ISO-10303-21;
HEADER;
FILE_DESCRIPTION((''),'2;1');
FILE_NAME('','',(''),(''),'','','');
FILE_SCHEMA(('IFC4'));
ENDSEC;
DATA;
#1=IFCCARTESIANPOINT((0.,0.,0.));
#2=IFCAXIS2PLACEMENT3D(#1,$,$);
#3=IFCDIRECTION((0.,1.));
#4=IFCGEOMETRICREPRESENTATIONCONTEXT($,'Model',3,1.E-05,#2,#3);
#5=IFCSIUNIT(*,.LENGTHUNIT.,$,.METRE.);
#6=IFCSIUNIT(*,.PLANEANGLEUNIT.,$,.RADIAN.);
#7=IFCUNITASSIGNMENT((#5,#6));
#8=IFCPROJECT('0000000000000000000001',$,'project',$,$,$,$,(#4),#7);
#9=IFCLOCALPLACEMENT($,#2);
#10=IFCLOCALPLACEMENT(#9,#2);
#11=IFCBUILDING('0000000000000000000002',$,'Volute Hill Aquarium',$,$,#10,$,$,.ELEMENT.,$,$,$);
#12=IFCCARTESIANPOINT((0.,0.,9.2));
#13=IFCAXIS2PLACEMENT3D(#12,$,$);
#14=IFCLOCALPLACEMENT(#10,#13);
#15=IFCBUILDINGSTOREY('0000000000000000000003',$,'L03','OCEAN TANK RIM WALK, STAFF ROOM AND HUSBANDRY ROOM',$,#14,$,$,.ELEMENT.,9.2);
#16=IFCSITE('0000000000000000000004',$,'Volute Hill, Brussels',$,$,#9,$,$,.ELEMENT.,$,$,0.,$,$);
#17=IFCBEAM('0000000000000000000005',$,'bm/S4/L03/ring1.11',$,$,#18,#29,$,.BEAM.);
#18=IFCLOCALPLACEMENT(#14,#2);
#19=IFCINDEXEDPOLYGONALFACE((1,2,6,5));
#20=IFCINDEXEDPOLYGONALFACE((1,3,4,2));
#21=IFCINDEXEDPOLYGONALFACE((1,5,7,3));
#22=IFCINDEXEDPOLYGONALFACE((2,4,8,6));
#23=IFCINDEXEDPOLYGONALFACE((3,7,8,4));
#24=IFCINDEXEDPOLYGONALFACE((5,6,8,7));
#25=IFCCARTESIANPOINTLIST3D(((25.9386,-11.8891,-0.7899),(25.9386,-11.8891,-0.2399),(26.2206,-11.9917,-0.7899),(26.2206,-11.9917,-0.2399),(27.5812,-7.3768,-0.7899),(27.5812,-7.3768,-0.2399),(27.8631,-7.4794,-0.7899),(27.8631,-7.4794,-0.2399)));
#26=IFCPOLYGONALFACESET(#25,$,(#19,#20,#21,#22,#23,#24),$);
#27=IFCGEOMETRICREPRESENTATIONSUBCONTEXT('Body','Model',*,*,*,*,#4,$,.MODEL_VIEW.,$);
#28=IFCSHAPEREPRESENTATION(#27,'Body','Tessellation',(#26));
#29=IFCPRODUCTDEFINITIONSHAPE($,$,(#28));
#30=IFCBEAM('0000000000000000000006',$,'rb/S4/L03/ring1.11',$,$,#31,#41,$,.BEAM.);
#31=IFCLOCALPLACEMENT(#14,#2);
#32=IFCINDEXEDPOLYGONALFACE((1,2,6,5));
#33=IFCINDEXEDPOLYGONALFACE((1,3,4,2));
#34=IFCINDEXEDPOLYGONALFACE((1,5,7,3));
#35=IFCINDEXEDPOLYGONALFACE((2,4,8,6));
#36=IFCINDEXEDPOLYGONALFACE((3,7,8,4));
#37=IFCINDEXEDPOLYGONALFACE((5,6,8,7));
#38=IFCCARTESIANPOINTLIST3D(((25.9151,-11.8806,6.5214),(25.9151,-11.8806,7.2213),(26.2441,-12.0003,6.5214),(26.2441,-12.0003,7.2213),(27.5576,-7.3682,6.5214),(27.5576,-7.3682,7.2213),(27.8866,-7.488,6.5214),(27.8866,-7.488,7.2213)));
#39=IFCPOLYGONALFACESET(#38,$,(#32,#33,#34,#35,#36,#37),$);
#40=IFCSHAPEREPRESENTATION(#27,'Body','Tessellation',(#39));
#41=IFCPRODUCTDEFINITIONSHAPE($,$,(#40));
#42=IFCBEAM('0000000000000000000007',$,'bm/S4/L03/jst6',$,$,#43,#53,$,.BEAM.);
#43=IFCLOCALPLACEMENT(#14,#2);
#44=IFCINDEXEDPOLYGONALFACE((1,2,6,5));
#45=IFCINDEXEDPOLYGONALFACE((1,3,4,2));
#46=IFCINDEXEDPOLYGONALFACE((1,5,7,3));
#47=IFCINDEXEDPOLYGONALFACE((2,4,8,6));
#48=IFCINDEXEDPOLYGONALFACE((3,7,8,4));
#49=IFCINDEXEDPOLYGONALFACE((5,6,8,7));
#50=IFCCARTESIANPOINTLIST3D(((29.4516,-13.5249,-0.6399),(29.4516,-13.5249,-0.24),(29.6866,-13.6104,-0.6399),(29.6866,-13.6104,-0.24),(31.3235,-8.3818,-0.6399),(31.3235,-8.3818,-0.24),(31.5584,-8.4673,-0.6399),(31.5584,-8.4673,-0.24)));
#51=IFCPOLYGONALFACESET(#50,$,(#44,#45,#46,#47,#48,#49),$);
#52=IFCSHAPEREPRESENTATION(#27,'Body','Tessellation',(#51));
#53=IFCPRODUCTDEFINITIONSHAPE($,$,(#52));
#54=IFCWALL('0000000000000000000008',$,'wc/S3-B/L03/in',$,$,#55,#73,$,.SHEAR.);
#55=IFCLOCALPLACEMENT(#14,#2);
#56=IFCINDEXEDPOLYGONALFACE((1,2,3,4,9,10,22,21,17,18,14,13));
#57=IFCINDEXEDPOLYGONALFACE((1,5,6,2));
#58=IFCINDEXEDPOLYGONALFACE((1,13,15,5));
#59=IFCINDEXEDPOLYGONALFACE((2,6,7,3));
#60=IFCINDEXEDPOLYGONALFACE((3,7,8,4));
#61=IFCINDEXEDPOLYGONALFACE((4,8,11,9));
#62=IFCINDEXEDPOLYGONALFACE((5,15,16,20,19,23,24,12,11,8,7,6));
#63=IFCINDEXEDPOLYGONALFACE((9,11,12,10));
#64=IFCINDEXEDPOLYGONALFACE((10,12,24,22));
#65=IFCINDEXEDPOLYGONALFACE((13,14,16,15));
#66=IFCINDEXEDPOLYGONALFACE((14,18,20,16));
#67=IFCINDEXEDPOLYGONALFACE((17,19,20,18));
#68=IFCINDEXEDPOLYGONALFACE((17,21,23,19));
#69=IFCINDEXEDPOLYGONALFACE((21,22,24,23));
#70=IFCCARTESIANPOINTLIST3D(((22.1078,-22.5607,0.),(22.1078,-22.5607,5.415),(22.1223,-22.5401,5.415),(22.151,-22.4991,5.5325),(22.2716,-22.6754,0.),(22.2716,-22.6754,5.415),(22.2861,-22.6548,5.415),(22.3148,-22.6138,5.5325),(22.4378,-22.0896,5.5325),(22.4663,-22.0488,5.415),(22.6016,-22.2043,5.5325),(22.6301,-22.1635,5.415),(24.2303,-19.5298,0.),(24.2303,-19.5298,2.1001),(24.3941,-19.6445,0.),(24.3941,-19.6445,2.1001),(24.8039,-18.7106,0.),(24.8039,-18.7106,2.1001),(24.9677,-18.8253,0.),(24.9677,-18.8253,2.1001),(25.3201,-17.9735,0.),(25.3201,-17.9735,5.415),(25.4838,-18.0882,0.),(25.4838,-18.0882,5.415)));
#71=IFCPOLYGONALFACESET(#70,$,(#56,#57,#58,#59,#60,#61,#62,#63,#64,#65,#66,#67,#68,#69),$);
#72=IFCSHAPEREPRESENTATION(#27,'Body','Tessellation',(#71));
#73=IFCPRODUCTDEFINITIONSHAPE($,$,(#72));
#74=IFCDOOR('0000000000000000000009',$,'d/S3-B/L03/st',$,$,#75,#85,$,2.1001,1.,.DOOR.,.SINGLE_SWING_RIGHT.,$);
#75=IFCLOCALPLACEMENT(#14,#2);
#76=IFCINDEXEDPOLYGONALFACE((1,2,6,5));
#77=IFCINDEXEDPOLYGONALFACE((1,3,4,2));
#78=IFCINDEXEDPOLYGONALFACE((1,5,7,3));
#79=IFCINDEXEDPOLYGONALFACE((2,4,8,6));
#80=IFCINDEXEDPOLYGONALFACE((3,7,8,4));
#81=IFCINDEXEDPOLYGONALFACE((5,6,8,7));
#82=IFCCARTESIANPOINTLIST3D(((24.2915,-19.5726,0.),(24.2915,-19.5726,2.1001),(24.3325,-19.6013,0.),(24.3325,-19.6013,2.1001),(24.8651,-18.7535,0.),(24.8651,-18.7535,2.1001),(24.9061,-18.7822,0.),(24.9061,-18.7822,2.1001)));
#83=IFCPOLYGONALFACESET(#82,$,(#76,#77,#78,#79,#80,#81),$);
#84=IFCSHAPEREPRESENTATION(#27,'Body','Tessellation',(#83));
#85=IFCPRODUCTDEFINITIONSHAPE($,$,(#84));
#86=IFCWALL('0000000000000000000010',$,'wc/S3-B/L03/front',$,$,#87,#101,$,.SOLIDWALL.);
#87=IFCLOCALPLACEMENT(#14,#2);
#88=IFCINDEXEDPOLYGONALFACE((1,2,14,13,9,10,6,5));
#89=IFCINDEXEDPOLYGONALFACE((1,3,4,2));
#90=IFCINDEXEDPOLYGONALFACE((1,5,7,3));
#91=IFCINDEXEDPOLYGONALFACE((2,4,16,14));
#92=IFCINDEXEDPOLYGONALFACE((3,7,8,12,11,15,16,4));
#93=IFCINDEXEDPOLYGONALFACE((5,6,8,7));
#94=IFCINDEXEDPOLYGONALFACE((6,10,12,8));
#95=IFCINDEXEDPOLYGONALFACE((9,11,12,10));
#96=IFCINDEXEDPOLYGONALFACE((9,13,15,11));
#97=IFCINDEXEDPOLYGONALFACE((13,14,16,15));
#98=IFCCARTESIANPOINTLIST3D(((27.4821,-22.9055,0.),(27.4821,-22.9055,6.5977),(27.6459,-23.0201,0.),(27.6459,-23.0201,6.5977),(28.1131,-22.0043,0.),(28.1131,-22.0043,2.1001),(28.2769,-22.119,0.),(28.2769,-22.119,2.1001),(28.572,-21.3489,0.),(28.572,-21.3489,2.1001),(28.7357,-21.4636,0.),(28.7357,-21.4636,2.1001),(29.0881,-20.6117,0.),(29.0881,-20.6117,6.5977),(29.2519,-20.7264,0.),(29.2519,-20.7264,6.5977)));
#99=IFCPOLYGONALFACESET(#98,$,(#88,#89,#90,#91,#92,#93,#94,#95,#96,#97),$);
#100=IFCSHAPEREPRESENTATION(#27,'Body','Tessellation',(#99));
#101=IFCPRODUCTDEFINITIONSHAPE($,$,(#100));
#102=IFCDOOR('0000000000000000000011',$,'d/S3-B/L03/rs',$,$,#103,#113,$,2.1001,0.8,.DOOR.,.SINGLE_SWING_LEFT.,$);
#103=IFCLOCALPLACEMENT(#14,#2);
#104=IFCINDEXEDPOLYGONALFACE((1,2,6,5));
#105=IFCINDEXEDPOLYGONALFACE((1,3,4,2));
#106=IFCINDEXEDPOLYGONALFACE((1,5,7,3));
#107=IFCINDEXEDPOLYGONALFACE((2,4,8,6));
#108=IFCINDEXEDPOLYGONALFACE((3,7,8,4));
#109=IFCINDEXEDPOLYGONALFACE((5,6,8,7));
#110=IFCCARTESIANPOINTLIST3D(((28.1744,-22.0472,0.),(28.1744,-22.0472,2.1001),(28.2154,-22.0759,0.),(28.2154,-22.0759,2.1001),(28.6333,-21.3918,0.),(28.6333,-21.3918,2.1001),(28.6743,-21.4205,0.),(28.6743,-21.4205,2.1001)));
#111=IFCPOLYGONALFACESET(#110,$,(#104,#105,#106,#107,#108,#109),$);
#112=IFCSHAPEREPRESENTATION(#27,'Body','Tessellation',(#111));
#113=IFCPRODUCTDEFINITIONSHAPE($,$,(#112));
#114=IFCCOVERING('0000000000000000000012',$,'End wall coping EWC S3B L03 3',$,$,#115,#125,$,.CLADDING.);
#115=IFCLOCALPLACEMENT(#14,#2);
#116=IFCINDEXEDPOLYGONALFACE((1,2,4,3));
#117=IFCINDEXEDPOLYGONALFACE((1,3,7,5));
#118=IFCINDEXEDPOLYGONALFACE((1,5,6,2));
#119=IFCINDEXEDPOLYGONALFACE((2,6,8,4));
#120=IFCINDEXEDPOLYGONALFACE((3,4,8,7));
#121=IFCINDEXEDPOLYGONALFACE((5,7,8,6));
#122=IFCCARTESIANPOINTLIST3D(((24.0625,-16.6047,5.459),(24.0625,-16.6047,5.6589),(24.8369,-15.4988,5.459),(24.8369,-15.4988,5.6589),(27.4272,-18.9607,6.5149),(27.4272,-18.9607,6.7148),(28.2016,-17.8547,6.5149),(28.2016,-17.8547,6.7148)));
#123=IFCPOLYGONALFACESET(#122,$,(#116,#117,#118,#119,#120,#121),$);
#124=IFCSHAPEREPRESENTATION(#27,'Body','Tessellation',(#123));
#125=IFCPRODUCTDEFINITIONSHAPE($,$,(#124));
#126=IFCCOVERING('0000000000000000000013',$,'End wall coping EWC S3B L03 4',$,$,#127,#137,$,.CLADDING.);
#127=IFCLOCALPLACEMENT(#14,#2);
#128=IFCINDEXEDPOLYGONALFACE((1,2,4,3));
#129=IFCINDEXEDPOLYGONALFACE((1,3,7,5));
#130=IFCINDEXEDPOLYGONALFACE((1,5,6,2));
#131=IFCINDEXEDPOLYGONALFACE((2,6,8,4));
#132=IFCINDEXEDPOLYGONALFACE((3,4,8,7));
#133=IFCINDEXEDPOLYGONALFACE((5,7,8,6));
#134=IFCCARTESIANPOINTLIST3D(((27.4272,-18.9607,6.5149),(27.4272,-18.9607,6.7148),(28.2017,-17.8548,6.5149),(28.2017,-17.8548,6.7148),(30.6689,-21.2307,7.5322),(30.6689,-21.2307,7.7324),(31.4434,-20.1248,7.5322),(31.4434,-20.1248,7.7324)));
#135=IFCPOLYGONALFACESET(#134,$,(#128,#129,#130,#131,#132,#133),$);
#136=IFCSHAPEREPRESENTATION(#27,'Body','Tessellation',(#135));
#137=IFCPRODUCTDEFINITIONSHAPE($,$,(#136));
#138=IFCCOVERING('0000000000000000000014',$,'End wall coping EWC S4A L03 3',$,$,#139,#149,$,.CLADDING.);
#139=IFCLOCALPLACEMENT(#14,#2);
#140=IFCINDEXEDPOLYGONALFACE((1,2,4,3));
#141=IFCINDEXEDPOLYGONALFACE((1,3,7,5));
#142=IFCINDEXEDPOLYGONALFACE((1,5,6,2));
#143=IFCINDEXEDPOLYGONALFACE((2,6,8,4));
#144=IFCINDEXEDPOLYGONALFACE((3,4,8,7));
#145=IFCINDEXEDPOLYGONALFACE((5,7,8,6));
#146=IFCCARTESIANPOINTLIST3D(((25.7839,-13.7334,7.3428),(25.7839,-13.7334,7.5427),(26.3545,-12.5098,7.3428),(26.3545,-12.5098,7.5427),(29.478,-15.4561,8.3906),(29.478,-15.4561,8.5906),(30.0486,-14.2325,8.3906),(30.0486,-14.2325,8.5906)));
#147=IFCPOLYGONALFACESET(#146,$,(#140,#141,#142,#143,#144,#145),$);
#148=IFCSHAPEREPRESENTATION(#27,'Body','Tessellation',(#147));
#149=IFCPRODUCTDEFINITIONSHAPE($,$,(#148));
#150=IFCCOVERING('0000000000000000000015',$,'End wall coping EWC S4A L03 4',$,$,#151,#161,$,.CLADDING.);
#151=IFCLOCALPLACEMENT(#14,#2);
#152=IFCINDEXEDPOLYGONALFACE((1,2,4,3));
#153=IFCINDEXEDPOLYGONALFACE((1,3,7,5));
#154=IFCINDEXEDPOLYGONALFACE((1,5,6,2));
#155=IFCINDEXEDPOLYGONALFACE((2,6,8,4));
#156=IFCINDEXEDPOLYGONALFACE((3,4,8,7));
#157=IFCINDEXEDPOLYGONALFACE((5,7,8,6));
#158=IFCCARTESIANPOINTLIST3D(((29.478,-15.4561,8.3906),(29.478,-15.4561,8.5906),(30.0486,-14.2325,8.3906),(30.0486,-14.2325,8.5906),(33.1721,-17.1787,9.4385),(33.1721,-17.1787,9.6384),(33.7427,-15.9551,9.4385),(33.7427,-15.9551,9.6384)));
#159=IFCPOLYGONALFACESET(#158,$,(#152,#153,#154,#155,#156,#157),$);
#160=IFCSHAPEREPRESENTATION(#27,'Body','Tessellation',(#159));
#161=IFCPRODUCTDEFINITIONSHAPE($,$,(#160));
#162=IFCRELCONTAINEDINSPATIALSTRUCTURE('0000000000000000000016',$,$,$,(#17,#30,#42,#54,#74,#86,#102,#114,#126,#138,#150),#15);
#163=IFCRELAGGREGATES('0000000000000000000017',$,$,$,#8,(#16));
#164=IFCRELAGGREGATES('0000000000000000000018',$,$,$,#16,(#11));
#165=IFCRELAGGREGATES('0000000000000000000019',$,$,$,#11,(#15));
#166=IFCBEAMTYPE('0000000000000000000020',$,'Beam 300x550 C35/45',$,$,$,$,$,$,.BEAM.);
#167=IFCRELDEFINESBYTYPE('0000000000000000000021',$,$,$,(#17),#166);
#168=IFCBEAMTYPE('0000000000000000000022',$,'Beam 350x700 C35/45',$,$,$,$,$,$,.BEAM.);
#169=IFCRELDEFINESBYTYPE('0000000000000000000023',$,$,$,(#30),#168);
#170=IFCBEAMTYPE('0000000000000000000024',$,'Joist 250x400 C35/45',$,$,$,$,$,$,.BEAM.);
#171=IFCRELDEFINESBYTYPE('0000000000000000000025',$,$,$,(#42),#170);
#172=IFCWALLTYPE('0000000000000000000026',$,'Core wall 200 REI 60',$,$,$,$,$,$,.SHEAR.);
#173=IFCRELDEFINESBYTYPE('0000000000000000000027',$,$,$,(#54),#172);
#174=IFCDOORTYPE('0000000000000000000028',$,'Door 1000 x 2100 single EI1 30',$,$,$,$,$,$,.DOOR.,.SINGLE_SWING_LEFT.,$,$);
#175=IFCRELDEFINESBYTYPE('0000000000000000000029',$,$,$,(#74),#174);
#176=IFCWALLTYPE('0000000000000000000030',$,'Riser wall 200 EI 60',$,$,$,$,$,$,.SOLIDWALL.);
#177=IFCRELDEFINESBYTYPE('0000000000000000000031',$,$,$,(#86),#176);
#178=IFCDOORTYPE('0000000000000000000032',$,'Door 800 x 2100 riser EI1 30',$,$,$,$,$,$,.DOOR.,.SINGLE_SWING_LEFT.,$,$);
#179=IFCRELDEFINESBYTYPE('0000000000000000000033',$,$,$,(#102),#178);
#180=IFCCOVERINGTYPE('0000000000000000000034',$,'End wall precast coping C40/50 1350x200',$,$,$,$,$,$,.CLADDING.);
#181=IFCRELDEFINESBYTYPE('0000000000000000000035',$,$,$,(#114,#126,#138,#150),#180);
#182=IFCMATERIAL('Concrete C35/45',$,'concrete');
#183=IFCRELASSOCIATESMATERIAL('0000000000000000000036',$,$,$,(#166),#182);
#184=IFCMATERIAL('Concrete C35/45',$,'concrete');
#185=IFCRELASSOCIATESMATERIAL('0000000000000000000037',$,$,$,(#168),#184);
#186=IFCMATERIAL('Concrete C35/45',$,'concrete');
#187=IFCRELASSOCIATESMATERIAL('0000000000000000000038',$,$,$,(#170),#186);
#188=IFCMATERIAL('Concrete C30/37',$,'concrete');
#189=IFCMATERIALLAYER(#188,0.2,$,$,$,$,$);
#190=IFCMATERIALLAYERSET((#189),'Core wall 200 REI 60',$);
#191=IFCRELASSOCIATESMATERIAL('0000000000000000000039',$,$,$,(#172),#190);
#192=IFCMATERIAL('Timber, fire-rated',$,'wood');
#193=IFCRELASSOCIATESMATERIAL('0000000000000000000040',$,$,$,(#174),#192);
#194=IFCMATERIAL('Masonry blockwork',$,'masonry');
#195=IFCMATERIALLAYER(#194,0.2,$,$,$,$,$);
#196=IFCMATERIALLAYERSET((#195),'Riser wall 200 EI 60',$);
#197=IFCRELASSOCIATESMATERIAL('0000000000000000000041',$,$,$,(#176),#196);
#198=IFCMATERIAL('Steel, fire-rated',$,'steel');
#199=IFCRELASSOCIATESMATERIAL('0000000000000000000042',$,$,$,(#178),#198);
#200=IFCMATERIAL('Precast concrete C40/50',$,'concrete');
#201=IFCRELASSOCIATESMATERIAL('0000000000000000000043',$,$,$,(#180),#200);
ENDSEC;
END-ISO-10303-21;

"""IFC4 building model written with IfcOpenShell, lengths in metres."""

from ifc_helpers import new_model, si_unit, direction, frame, frame_2d, origin, origin_2d, place, context, subcontext, project, spatial, polyline, rectangle, outline, extrude, material, layer, layer_set, material_profile, profile_set, type_object, element, fill, save


model = new_model("IFC4")

# Units and contexts
model_context = context("Model", 3, precision=1e-05, world=origin(), true_north=direction((0.0, 1.0)))
body_context = subcontext(model_context, "Body", "Model", "MODEL_VIEW")
ifc_project = project(units=[si_unit("LENGTHUNIT", "METRE"), si_unit("PLANEANGLEUNIT", "RADIAN")], contexts=[model_context])

# Site, building, storey
site_placement = place(None, origin())
site = spatial("IfcSite", under=ifc_project, at=site_placement, Name="Volute Hill, Brussels", CompositionType="ELEMENT", RefElevation=0.0)
building_placement = place(site_placement, origin())
building = spatial("IfcBuilding", under=site, at=building_placement, Name="Volute Hill Aquarium", CompositionType="ELEMENT")
storey_placement = place(building_placement, frame((0.0, 0.0, 9.2)))
storey = spatial("IfcBuildingStorey", under=building, at=storey_placement, Name="L03", Description="OCEAN TANK RIM WALK, STAFF ROOM AND HUSBANDRY ROOM", CompositionType="ELEMENT", Elevation=9.2)

# Beams
ifc_material_1 = material(Name="Concrete C35/45", Category="concrete")
ifc_material_profile_1 = material_profile(ifc_material_1, rectangle(XDim=0.3, YDim=0.55, at=origin_2d()), Name="RC beam 300x550")
ifc_profile_set_1 = profile_set([ifc_material_profile_1], Name="Concrete C35/45")
beam_type_1 = type_object("IfcBeamType", Name="Beam 300x550 C35/45", PredefinedType="BEAM", material=ifc_profile_set_1)
beam_1_placement = place(storey_placement, frame((26.0796, -11.9404, -0.5149), z_axis=(0.342053, 0.939681, 0.0), x_axis=(-0.939681, 0.342053, 0.0)))
element("IfcBeam", 1, at=beam_1_placement, inside=storey, type_object=beam_type_1, Name="bm/S4/L03/ring1.11", PredefinedType="BEAM", context=body_context, shape_type="SweptSolid", body=[
    extrude(rectangle(XDim=0.3, YDim=0.55, at=origin_2d()), origin(), (0.0, 0.0, 1.0), 4.802),
])
ifc_material_2 = material(Name="Concrete C35/45", Category="concrete")
ifc_material_profile_2 = material_profile(ifc_material_2, rectangle(XDim=0.3501, YDim=0.7, at=origin_2d()), Name="RC beam 350x700")
ifc_profile_set_2 = profile_set([ifc_material_profile_2], Name="Concrete C35/45")
beam_type_2 = type_object("IfcBeamType", Name="Beam 350x700 C35/45", PredefinedType="BEAM", material=ifc_profile_set_2)
beam_2_placement = place(storey_placement, frame((26.0796, -11.9404, 6.8713), z_axis=(0.342053, 0.939681, 0.0), x_axis=(-0.939681, 0.342053, 0.0)))
element("IfcBeam", 2, at=beam_2_placement, inside=storey, type_object=beam_type_2, Name="rb/S4/L03/ring1.11", PredefinedType="BEAM", context=body_context, shape_type="SweptSolid", body=[
    extrude(rectangle(XDim=0.3501, YDim=0.7, at=origin_2d()), origin(), (0.0, 0.0, 1.0), 4.802),
])
ifc_material_3 = material(Name="Concrete C35/45", Category="concrete")
ifc_material_profile_3 = material_profile(ifc_material_3, rectangle(XDim=0.25, YDim=0.3999, at=origin_2d()), Name="RC joist 250x400")
ifc_profile_set_3 = profile_set([ifc_material_profile_3], Name="Concrete C35/45")
beam_type_3 = type_object("IfcBeamType", Name="Joist 250x400 C35/45", PredefinedType="BEAM", material=ifc_profile_set_3)
beam_3_placement = place(storey_placement, frame((29.5691, -13.5676, -0.4399), z_axis=(0.342005, 0.939698, 0.0), x_axis=(-0.939698, 0.342005, 0.0)))
element("IfcBeam", 3, at=beam_3_placement, inside=storey, type_object=beam_type_3, Name="bm/S4/L03/jst6", PredefinedType="BEAM", context=body_context, shape_type="SweptSolid", body=[
    extrude(rectangle(XDim=0.25, YDim=0.3999, at=origin_2d()), origin(), (0.0, 0.0, 1.0), 5.4731),
])

# Walls, openings, doors
ifc_material_4 = material(Name="Concrete C30/37", Category="concrete")
ifc_layer_1 = layer(ifc_material_4, 0.2)
ifc_layer_set_1 = layer_set([ifc_layer_1], Name="Core wall 200 REI 60")
wall_type_1 = type_object("IfcWallType", Name="Core wall 200 REI 60", PredefinedType="SHEAR", material=ifc_layer_set_1)
wall_1_placement = place(storey_placement, frame((25.4019, -18.0308, 0.0), z_axis=(0.0, 0.0, 1.0), x_axis=(-0.5736, -0.819136, 0.0)))
wall_1 = element("IfcWall", 4, at=wall_1_placement, inside=storey, type_object=wall_type_1, Name="wc/S3-B/L03/in", PredefinedType="SHEAR", context=body_context, shape_type="SweptSolid", body=[
    extrude(outline(polyline([(0.0, 0.0), (5.6001, 0.0), (5.6001, 5.415), (5.575, 5.415), (5.5249, 5.5325), (5.0249, 5.5325), (4.9751, 5.415), (0.0, 5.415), (0.0, 0.0)])), frame((0.0, 0.1001, 0.0), z_axis=(0.0, -1.0, 0.0), x_axis=(1.0, 0.0, 0.0)), (0.0, 0.0, 1.0), 0.2),
])
opening_1_placement = place(wall_1_placement, frame((0.8999, 0.0, 0.0)))
opening_1 = element("IfcOpeningElement", 5, at=opening_1_placement, cuts=wall_1, PredefinedType="OPENING", context=body_context, shape_type="SweptSolid", body=[
    extrude(rectangle(XDim=1.0, YDim=2.1001, at=frame_2d((0.5, 1.05))), frame((0.0, 0.1099, 0.0), z_axis=(0.0, -1.0, 0.0), x_axis=(1.0, 0.0, 0.0)), (0.0, 0.0, 1.0), 0.22),
])
ifc_material_5 = material(Name="Timber, fire-rated", Category="wood")
door_type_1 = type_object("IfcDoorType", Name="Door 1000 x 2100 single EI1 30", OperationType="SINGLE_SWING_LEFT", PredefinedType="DOOR", material=ifc_material_5)
door_1_placement = place(opening_1_placement, origin())
door_1 = element("IfcDoor", 6, at=door_1_placement, inside=storey, type_object=door_type_1, Name="d/S3-B/L03/st", OperationType="SINGLE_SWING_RIGHT", OverallHeight=2.1001, OverallWidth=1.0, PredefinedType="DOOR", context=body_context, shape_type="SweptSolid", body=[
    extrude(rectangle(XDim=1.0, YDim=2.1001, at=frame_2d((0.5, 1.05))), frame((0.0, 0.0249, 0.0), z_axis=(0.0, -1.0, 0.0), x_axis=(1.0, 0.0, 0.0)), (0.0, 0.0, 1.0), 0.05),
])
fill(opening_1, door_1)
ifc_material_6 = material(Name="Masonry blockwork", Category="masonry")
ifc_layer_2 = layer(ifc_material_6, 0.2)
ifc_layer_set_2 = layer_set([ifc_layer_2], Name="Riser wall 200 EI 60")
wall_type_2 = type_object("IfcWallType", Name="Riser wall 200 EI 60", PredefinedType="SOLIDWALL", material=ifc_layer_set_2)
wall_2_placement = place(storey_placement, frame((29.1699, -20.6692, 0.0), z_axis=(0.0, 0.0, 1.0), x_axis=(-0.57355, -0.81917, 0.0)))
wall_2 = element("IfcWall", 7, at=wall_2_placement, inside=storey, type_object=wall_type_2, Name="wc/S3-B/L03/front", PredefinedType="SOLIDWALL", context=body_context, shape_type="SweptSolid", body=[
    extrude(rectangle(XDim=2.8, YDim=0.2, at=frame_2d((1.3999, 0.0))), origin(), (0.0, 0.0, 1.0), 6.5977),
])
opening_2_placement = place(wall_2_placement, frame((0.8999, 0.0, 0.0)))
opening_2 = element("IfcOpeningElement", 8, at=opening_2_placement, cuts=wall_2, PredefinedType="OPENING", context=body_context, shape_type="SweptSolid", body=[
    extrude(rectangle(XDim=0.8, YDim=2.1001, at=frame_2d((0.3999, 1.05))), frame((0.0, 0.1099, 0.0), z_axis=(0.0, -1.0, 0.0), x_axis=(1.0, 0.0, 0.0)), (0.0, 0.0, 1.0), 0.22),
])
ifc_material_7 = material(Name="Steel, fire-rated", Category="steel")
door_type_2 = type_object("IfcDoorType", Name="Door 800 x 2100 riser EI1 30", OperationType="SINGLE_SWING_LEFT", PredefinedType="DOOR", material=ifc_material_7)
door_2_placement = place(opening_2_placement, origin())
door_2 = element("IfcDoor", 9, at=door_2_placement, inside=storey, type_object=door_type_2, Name="d/S3-B/L03/rs", OperationType="SINGLE_SWING_LEFT", OverallHeight=2.1001, OverallWidth=0.8, PredefinedType="DOOR", context=body_context, shape_type="SweptSolid", body=[
    extrude(rectangle(XDim=0.8, YDim=2.1001, at=frame_2d((0.3999, 1.05))), frame((0.0, 0.0249, 0.0), z_axis=(0.0, -1.0, 0.0), x_axis=(1.0, 0.0, 0.0)), (0.0, 0.0, 1.0), 0.05),
])
fill(opening_2, door_2)

# Coverings
ifc_material_8 = material(Name="Precast concrete C40/50", Category="concrete")
covering_type_1 = type_object("IfcCoveringType", Name="End wall precast coping C40/50 1350x200", PredefinedType="CLADDING", material=ifc_material_8)
covering_1_placement = place(storey_placement, frame((24.0625, -16.6047, 5.459), z_axis=(-0.573566, -0.819159, 0.0), x_axis=(0.793365, -0.555505, 0.24897)))
element("IfcCovering", 10, at=covering_1_placement, inside=storey, type_object=covering_type_1, Name="End wall coping EWC S3B L03 3", PredefinedType="CLADDING", context=body_context, shape_type="SweptSolid", body=[
    extrude(outline(polyline([(0.0, 0.0), (4.2411, 0.0), (4.2909, 0.1937), (0.0498, 0.1937), (0.0, 0.0)])), origin(), (0.0, 0.0, -1.0), 1.3501),
])
covering_2_placement = place(storey_placement, frame((27.4272, -18.9607, 6.5149), z_axis=(-0.573603, -0.819133, 0.0), x_axis=(0.793339, -0.555541, 0.248972)))
element("IfcCovering", 11, at=covering_2_placement, inside=storey, type_object=covering_type_1, Name="End wall coping EWC S3B L03 4", PredefinedType="CLADDING", context=body_context, shape_type="SweptSolid", body=[
    extrude(outline(polyline([(0.0, 0.0), (4.0861, 0.0), (4.136, 0.1939), (0.0498, 0.1937), (0.0, 0.0)])), origin(), (0.0, 0.0, -1.0), 1.3501),
])
for number, where, z_axis, x_axis, name in (
    (12, (25.7839, -13.7334, 7.3428), (-0.422633, -0.906301, 0.0), (0.87776, -0.409323, 0.248982), "End wall coping EWC S4A L03 3"),
    (13, (29.478, -15.4561, 8.3906), (-0.422633, -0.906301, 0.0), (0.87776, -0.409323, 0.248982), "End wall coping EWC S4A L03 4"),
):
    element("IfcCovering", number, at=place(storey_placement, frame(where, z_axis=z_axis, x_axis=x_axis)), inside=storey, type_object=covering_type_1, Name=name, PredefinedType="CLADDING", context=body_context, shape_type="SweptSolid", body=[
        extrude(outline(polyline([(0.0, 0.0), (4.2085, 0.0), (4.2583, 0.1937), (0.0498, 0.1937), (0.0, 0.0)])), origin(), (0.0, 0.0, -1.0), 1.3501),
    ])

save(model, "model.ifc")
